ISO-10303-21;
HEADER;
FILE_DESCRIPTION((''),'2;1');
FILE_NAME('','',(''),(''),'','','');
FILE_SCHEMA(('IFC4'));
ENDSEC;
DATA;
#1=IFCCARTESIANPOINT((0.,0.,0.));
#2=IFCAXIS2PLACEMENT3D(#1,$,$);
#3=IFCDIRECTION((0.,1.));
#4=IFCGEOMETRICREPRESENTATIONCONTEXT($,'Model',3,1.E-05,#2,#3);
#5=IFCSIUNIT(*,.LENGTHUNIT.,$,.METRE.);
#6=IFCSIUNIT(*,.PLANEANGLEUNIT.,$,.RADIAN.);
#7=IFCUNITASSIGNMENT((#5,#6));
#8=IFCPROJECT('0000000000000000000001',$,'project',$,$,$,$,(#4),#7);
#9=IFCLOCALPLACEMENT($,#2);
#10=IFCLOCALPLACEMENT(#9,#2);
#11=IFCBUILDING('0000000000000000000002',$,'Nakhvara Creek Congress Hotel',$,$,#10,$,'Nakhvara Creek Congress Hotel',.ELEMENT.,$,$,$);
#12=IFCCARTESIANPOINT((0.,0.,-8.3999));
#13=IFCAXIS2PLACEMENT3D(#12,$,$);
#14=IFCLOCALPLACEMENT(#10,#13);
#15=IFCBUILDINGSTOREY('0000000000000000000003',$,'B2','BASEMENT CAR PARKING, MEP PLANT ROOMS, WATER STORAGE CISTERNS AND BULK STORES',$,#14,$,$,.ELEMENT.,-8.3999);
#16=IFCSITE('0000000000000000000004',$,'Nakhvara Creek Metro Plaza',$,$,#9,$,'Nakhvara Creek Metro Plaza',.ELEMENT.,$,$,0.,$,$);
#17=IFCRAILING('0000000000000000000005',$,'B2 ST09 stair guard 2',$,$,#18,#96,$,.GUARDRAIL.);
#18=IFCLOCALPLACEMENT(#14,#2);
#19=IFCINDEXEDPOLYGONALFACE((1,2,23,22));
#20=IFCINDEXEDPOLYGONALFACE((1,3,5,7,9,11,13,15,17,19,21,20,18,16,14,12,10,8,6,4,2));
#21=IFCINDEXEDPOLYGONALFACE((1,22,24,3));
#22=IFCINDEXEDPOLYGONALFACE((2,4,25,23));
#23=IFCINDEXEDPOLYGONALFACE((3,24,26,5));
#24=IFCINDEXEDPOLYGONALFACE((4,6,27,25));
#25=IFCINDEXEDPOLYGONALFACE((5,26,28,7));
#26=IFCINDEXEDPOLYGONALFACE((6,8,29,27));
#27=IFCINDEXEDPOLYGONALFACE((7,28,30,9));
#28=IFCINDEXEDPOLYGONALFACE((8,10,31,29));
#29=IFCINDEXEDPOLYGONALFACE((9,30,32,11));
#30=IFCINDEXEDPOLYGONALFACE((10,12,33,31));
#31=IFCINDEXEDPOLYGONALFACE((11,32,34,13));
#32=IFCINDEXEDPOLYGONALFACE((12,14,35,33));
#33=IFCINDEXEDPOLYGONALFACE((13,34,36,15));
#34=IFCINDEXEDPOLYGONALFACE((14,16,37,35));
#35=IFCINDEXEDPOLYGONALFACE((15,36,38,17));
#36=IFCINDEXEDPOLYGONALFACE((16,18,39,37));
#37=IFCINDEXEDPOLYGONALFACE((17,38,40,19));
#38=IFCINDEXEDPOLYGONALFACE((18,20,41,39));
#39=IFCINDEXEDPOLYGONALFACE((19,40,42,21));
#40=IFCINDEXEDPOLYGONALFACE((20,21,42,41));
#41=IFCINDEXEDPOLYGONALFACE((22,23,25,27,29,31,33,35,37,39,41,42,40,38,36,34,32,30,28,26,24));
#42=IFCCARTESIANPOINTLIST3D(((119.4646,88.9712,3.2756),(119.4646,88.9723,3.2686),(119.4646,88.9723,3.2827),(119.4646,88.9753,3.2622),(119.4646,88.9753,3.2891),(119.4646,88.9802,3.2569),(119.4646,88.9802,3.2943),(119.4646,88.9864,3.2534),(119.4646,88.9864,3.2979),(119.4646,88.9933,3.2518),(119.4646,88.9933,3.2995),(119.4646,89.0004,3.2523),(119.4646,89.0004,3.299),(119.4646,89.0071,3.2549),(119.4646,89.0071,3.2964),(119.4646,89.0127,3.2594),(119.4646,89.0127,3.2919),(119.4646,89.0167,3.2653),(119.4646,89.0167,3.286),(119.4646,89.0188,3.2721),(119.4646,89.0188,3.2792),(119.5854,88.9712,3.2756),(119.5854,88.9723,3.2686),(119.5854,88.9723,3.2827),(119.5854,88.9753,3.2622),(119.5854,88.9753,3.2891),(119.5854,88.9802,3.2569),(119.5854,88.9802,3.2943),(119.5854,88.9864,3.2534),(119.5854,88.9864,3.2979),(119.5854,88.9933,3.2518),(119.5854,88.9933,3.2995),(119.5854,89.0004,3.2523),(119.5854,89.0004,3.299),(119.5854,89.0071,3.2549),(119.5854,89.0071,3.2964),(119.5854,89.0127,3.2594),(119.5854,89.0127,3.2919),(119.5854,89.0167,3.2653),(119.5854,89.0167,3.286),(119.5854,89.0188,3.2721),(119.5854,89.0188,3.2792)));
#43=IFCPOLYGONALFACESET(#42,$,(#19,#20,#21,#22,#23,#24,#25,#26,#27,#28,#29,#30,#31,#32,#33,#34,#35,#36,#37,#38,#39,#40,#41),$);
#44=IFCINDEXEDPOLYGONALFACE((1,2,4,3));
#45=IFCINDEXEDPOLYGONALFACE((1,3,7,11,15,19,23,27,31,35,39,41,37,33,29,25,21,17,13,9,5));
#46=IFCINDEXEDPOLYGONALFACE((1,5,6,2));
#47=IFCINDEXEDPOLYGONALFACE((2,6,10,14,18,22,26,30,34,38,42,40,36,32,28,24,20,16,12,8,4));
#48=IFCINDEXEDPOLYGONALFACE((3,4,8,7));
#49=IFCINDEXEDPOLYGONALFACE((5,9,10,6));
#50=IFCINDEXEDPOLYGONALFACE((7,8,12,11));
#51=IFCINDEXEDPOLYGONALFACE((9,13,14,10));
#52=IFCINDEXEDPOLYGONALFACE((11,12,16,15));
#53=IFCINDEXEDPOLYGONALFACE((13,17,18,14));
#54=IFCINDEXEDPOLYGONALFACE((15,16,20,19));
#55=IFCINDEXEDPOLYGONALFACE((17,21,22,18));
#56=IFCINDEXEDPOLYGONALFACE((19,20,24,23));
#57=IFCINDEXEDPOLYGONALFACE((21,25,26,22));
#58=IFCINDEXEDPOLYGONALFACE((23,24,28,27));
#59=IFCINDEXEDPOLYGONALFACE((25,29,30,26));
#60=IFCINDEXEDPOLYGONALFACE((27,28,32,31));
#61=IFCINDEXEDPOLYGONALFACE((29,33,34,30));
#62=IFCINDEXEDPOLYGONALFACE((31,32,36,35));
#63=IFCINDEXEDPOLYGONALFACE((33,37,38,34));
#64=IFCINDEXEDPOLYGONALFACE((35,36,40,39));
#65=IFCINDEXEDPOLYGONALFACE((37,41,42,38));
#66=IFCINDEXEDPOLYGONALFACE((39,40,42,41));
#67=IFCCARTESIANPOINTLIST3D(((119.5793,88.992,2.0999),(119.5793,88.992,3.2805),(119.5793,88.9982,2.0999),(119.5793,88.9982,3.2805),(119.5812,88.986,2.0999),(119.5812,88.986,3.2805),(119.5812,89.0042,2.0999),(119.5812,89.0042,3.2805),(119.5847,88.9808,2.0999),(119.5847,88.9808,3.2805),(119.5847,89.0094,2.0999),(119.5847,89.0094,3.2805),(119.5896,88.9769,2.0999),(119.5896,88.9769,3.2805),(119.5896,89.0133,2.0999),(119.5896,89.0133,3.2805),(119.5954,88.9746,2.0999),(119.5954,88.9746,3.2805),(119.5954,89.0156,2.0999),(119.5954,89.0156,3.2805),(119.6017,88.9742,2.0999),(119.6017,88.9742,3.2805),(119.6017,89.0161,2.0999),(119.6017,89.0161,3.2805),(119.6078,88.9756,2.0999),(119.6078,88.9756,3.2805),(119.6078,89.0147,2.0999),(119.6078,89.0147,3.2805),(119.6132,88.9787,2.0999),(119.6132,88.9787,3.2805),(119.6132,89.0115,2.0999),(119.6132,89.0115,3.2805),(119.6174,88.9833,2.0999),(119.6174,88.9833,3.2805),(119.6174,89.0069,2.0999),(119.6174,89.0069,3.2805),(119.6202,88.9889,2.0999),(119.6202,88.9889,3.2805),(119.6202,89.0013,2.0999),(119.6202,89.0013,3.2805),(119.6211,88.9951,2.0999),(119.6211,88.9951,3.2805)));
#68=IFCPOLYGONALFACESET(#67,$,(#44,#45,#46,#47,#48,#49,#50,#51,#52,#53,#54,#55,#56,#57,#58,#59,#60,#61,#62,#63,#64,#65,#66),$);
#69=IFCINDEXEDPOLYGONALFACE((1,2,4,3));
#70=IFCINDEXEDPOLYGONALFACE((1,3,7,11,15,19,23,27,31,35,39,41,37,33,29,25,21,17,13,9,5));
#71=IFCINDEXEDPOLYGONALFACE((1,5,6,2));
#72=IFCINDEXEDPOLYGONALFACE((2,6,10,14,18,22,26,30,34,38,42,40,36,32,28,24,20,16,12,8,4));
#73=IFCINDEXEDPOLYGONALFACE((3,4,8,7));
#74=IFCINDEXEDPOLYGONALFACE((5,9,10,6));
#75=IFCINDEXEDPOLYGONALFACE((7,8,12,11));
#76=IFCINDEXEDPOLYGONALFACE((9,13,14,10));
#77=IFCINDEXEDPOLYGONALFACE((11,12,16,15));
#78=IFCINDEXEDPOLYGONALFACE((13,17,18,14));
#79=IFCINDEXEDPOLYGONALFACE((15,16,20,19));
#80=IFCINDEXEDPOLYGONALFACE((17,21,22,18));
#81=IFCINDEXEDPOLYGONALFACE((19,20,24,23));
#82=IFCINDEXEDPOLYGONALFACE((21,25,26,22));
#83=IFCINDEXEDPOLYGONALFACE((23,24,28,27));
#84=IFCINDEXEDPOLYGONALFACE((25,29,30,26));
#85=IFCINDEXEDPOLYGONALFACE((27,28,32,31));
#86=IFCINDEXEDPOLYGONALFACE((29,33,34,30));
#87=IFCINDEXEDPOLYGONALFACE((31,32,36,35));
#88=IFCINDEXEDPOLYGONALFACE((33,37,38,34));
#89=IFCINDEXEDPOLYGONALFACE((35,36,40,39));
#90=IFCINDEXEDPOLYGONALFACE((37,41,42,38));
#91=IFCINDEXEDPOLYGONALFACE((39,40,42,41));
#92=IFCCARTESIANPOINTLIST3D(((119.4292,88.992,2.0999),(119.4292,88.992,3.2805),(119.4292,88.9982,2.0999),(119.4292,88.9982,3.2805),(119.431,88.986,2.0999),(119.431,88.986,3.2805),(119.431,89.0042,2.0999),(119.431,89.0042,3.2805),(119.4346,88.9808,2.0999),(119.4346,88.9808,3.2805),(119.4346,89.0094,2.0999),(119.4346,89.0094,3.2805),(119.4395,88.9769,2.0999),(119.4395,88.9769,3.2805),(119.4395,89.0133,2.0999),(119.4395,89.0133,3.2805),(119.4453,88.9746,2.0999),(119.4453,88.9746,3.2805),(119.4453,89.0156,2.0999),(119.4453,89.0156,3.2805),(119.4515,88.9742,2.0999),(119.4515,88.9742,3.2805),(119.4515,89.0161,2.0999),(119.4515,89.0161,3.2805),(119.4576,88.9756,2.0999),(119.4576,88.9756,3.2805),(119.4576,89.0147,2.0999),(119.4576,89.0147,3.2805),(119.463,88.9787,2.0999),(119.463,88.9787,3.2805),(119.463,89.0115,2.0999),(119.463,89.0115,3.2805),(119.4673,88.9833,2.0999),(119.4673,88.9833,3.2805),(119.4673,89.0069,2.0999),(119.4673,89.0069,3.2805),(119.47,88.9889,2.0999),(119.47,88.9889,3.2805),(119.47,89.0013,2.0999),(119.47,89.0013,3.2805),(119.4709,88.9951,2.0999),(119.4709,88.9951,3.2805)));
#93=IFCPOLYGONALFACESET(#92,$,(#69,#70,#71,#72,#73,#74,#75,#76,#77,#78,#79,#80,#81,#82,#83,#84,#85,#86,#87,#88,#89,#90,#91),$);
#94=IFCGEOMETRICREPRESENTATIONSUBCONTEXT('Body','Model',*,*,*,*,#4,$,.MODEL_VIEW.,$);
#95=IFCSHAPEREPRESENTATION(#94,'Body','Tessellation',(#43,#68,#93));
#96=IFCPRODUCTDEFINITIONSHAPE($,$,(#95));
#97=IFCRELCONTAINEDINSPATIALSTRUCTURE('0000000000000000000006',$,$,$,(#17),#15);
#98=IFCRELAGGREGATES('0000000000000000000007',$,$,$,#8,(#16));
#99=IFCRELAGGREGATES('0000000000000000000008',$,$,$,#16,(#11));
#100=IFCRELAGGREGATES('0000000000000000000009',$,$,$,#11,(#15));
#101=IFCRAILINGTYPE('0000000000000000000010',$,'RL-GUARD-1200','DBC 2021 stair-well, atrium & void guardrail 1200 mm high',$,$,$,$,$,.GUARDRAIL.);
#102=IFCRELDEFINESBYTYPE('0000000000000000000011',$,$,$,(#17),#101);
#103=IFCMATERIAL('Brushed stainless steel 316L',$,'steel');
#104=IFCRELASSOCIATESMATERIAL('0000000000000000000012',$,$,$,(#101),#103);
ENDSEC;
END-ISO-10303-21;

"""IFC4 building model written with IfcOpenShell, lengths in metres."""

from ifc_helpers import new_model, si_unit, direction, frame, origin, origin_2d, place, context, subcontext, project, spatial, circle, extrude, material, type_object, element, save


model = new_model("IFC4")

# Units and contexts
model_context = context("Model", 3, precision=1e-05, world=origin(), true_north=direction((0.0, 1.0)))
body_context = subcontext(model_context, "Body", "Model", "MODEL_VIEW")
ifc_project = project(units=[si_unit("LENGTHUNIT", "METRE"), si_unit("PLANEANGLEUNIT", "RADIAN")], contexts=[model_context])

# Site, building, storey
site_placement = place(None, origin())
site = spatial("IfcSite", under=ifc_project, at=site_placement, Name="Nakhvara Creek Metro Plaza", LongName="Nakhvara Creek Metro Plaza", CompositionType="ELEMENT", RefElevation=0.0)
building_placement = place(site_placement, origin())
building = spatial("IfcBuilding", under=site, at=building_placement, Name="Nakhvara Creek Congress Hotel", LongName="Nakhvara Creek Congress Hotel", CompositionType="ELEMENT")
storey_placement = place(building_placement, frame((0.0, 0.0, -8.3999)))
storey = spatial("IfcBuildingStorey", under=building, at=storey_placement, Name="B2", Description="BASEMENT CAR PARKING, MEP PLANT ROOMS, WATER STORAGE CISTERNS AND BULK STORES", CompositionType="ELEMENT", Elevation=-8.3999)

# Railing
ifc_material_1 = material(Name="Brushed stainless steel 316L", Category="steel")
railing_type_1 = type_object("IfcRailingType", Name="RL-GUARD-1200", Description="DBC 2021 stair-well, atrium & void guardrail 1200 mm high", PredefinedType="GUARDRAIL", material=ifc_material_1)
railing_1_placement = place(storey_placement, frame((119.6001, 88.9951, 2.0999)))
element("IfcRailing", 1, at=railing_1_placement, inside=storey, type_object=railing_type_1, Name="B2 ST09 stair guard 2", PredefinedType="GUARDRAIL", context=body_context, shape_type="SweptSolid", body=[
    extrude(circle(Radius=0.0239, at=origin_2d()), frame((-0.0146, 0.0, 1.1758), z_axis=(-1.0, 0.0, 0.0), x_axis=(0.0, -1.0, 0.0)), (0.0, 0.0, 1.0), 0.1208),
    extrude(circle(Radius=0.021, at=origin_2d()), origin(), (0.0, 0.0, 1.0), 1.1807),
    extrude(circle(Radius=0.021, at=origin_2d()), frame((-0.1501, 0.0, 0.0)), (0.0, 0.0, 1.0), 1.1807),
])

save(model, "model.ifc")
